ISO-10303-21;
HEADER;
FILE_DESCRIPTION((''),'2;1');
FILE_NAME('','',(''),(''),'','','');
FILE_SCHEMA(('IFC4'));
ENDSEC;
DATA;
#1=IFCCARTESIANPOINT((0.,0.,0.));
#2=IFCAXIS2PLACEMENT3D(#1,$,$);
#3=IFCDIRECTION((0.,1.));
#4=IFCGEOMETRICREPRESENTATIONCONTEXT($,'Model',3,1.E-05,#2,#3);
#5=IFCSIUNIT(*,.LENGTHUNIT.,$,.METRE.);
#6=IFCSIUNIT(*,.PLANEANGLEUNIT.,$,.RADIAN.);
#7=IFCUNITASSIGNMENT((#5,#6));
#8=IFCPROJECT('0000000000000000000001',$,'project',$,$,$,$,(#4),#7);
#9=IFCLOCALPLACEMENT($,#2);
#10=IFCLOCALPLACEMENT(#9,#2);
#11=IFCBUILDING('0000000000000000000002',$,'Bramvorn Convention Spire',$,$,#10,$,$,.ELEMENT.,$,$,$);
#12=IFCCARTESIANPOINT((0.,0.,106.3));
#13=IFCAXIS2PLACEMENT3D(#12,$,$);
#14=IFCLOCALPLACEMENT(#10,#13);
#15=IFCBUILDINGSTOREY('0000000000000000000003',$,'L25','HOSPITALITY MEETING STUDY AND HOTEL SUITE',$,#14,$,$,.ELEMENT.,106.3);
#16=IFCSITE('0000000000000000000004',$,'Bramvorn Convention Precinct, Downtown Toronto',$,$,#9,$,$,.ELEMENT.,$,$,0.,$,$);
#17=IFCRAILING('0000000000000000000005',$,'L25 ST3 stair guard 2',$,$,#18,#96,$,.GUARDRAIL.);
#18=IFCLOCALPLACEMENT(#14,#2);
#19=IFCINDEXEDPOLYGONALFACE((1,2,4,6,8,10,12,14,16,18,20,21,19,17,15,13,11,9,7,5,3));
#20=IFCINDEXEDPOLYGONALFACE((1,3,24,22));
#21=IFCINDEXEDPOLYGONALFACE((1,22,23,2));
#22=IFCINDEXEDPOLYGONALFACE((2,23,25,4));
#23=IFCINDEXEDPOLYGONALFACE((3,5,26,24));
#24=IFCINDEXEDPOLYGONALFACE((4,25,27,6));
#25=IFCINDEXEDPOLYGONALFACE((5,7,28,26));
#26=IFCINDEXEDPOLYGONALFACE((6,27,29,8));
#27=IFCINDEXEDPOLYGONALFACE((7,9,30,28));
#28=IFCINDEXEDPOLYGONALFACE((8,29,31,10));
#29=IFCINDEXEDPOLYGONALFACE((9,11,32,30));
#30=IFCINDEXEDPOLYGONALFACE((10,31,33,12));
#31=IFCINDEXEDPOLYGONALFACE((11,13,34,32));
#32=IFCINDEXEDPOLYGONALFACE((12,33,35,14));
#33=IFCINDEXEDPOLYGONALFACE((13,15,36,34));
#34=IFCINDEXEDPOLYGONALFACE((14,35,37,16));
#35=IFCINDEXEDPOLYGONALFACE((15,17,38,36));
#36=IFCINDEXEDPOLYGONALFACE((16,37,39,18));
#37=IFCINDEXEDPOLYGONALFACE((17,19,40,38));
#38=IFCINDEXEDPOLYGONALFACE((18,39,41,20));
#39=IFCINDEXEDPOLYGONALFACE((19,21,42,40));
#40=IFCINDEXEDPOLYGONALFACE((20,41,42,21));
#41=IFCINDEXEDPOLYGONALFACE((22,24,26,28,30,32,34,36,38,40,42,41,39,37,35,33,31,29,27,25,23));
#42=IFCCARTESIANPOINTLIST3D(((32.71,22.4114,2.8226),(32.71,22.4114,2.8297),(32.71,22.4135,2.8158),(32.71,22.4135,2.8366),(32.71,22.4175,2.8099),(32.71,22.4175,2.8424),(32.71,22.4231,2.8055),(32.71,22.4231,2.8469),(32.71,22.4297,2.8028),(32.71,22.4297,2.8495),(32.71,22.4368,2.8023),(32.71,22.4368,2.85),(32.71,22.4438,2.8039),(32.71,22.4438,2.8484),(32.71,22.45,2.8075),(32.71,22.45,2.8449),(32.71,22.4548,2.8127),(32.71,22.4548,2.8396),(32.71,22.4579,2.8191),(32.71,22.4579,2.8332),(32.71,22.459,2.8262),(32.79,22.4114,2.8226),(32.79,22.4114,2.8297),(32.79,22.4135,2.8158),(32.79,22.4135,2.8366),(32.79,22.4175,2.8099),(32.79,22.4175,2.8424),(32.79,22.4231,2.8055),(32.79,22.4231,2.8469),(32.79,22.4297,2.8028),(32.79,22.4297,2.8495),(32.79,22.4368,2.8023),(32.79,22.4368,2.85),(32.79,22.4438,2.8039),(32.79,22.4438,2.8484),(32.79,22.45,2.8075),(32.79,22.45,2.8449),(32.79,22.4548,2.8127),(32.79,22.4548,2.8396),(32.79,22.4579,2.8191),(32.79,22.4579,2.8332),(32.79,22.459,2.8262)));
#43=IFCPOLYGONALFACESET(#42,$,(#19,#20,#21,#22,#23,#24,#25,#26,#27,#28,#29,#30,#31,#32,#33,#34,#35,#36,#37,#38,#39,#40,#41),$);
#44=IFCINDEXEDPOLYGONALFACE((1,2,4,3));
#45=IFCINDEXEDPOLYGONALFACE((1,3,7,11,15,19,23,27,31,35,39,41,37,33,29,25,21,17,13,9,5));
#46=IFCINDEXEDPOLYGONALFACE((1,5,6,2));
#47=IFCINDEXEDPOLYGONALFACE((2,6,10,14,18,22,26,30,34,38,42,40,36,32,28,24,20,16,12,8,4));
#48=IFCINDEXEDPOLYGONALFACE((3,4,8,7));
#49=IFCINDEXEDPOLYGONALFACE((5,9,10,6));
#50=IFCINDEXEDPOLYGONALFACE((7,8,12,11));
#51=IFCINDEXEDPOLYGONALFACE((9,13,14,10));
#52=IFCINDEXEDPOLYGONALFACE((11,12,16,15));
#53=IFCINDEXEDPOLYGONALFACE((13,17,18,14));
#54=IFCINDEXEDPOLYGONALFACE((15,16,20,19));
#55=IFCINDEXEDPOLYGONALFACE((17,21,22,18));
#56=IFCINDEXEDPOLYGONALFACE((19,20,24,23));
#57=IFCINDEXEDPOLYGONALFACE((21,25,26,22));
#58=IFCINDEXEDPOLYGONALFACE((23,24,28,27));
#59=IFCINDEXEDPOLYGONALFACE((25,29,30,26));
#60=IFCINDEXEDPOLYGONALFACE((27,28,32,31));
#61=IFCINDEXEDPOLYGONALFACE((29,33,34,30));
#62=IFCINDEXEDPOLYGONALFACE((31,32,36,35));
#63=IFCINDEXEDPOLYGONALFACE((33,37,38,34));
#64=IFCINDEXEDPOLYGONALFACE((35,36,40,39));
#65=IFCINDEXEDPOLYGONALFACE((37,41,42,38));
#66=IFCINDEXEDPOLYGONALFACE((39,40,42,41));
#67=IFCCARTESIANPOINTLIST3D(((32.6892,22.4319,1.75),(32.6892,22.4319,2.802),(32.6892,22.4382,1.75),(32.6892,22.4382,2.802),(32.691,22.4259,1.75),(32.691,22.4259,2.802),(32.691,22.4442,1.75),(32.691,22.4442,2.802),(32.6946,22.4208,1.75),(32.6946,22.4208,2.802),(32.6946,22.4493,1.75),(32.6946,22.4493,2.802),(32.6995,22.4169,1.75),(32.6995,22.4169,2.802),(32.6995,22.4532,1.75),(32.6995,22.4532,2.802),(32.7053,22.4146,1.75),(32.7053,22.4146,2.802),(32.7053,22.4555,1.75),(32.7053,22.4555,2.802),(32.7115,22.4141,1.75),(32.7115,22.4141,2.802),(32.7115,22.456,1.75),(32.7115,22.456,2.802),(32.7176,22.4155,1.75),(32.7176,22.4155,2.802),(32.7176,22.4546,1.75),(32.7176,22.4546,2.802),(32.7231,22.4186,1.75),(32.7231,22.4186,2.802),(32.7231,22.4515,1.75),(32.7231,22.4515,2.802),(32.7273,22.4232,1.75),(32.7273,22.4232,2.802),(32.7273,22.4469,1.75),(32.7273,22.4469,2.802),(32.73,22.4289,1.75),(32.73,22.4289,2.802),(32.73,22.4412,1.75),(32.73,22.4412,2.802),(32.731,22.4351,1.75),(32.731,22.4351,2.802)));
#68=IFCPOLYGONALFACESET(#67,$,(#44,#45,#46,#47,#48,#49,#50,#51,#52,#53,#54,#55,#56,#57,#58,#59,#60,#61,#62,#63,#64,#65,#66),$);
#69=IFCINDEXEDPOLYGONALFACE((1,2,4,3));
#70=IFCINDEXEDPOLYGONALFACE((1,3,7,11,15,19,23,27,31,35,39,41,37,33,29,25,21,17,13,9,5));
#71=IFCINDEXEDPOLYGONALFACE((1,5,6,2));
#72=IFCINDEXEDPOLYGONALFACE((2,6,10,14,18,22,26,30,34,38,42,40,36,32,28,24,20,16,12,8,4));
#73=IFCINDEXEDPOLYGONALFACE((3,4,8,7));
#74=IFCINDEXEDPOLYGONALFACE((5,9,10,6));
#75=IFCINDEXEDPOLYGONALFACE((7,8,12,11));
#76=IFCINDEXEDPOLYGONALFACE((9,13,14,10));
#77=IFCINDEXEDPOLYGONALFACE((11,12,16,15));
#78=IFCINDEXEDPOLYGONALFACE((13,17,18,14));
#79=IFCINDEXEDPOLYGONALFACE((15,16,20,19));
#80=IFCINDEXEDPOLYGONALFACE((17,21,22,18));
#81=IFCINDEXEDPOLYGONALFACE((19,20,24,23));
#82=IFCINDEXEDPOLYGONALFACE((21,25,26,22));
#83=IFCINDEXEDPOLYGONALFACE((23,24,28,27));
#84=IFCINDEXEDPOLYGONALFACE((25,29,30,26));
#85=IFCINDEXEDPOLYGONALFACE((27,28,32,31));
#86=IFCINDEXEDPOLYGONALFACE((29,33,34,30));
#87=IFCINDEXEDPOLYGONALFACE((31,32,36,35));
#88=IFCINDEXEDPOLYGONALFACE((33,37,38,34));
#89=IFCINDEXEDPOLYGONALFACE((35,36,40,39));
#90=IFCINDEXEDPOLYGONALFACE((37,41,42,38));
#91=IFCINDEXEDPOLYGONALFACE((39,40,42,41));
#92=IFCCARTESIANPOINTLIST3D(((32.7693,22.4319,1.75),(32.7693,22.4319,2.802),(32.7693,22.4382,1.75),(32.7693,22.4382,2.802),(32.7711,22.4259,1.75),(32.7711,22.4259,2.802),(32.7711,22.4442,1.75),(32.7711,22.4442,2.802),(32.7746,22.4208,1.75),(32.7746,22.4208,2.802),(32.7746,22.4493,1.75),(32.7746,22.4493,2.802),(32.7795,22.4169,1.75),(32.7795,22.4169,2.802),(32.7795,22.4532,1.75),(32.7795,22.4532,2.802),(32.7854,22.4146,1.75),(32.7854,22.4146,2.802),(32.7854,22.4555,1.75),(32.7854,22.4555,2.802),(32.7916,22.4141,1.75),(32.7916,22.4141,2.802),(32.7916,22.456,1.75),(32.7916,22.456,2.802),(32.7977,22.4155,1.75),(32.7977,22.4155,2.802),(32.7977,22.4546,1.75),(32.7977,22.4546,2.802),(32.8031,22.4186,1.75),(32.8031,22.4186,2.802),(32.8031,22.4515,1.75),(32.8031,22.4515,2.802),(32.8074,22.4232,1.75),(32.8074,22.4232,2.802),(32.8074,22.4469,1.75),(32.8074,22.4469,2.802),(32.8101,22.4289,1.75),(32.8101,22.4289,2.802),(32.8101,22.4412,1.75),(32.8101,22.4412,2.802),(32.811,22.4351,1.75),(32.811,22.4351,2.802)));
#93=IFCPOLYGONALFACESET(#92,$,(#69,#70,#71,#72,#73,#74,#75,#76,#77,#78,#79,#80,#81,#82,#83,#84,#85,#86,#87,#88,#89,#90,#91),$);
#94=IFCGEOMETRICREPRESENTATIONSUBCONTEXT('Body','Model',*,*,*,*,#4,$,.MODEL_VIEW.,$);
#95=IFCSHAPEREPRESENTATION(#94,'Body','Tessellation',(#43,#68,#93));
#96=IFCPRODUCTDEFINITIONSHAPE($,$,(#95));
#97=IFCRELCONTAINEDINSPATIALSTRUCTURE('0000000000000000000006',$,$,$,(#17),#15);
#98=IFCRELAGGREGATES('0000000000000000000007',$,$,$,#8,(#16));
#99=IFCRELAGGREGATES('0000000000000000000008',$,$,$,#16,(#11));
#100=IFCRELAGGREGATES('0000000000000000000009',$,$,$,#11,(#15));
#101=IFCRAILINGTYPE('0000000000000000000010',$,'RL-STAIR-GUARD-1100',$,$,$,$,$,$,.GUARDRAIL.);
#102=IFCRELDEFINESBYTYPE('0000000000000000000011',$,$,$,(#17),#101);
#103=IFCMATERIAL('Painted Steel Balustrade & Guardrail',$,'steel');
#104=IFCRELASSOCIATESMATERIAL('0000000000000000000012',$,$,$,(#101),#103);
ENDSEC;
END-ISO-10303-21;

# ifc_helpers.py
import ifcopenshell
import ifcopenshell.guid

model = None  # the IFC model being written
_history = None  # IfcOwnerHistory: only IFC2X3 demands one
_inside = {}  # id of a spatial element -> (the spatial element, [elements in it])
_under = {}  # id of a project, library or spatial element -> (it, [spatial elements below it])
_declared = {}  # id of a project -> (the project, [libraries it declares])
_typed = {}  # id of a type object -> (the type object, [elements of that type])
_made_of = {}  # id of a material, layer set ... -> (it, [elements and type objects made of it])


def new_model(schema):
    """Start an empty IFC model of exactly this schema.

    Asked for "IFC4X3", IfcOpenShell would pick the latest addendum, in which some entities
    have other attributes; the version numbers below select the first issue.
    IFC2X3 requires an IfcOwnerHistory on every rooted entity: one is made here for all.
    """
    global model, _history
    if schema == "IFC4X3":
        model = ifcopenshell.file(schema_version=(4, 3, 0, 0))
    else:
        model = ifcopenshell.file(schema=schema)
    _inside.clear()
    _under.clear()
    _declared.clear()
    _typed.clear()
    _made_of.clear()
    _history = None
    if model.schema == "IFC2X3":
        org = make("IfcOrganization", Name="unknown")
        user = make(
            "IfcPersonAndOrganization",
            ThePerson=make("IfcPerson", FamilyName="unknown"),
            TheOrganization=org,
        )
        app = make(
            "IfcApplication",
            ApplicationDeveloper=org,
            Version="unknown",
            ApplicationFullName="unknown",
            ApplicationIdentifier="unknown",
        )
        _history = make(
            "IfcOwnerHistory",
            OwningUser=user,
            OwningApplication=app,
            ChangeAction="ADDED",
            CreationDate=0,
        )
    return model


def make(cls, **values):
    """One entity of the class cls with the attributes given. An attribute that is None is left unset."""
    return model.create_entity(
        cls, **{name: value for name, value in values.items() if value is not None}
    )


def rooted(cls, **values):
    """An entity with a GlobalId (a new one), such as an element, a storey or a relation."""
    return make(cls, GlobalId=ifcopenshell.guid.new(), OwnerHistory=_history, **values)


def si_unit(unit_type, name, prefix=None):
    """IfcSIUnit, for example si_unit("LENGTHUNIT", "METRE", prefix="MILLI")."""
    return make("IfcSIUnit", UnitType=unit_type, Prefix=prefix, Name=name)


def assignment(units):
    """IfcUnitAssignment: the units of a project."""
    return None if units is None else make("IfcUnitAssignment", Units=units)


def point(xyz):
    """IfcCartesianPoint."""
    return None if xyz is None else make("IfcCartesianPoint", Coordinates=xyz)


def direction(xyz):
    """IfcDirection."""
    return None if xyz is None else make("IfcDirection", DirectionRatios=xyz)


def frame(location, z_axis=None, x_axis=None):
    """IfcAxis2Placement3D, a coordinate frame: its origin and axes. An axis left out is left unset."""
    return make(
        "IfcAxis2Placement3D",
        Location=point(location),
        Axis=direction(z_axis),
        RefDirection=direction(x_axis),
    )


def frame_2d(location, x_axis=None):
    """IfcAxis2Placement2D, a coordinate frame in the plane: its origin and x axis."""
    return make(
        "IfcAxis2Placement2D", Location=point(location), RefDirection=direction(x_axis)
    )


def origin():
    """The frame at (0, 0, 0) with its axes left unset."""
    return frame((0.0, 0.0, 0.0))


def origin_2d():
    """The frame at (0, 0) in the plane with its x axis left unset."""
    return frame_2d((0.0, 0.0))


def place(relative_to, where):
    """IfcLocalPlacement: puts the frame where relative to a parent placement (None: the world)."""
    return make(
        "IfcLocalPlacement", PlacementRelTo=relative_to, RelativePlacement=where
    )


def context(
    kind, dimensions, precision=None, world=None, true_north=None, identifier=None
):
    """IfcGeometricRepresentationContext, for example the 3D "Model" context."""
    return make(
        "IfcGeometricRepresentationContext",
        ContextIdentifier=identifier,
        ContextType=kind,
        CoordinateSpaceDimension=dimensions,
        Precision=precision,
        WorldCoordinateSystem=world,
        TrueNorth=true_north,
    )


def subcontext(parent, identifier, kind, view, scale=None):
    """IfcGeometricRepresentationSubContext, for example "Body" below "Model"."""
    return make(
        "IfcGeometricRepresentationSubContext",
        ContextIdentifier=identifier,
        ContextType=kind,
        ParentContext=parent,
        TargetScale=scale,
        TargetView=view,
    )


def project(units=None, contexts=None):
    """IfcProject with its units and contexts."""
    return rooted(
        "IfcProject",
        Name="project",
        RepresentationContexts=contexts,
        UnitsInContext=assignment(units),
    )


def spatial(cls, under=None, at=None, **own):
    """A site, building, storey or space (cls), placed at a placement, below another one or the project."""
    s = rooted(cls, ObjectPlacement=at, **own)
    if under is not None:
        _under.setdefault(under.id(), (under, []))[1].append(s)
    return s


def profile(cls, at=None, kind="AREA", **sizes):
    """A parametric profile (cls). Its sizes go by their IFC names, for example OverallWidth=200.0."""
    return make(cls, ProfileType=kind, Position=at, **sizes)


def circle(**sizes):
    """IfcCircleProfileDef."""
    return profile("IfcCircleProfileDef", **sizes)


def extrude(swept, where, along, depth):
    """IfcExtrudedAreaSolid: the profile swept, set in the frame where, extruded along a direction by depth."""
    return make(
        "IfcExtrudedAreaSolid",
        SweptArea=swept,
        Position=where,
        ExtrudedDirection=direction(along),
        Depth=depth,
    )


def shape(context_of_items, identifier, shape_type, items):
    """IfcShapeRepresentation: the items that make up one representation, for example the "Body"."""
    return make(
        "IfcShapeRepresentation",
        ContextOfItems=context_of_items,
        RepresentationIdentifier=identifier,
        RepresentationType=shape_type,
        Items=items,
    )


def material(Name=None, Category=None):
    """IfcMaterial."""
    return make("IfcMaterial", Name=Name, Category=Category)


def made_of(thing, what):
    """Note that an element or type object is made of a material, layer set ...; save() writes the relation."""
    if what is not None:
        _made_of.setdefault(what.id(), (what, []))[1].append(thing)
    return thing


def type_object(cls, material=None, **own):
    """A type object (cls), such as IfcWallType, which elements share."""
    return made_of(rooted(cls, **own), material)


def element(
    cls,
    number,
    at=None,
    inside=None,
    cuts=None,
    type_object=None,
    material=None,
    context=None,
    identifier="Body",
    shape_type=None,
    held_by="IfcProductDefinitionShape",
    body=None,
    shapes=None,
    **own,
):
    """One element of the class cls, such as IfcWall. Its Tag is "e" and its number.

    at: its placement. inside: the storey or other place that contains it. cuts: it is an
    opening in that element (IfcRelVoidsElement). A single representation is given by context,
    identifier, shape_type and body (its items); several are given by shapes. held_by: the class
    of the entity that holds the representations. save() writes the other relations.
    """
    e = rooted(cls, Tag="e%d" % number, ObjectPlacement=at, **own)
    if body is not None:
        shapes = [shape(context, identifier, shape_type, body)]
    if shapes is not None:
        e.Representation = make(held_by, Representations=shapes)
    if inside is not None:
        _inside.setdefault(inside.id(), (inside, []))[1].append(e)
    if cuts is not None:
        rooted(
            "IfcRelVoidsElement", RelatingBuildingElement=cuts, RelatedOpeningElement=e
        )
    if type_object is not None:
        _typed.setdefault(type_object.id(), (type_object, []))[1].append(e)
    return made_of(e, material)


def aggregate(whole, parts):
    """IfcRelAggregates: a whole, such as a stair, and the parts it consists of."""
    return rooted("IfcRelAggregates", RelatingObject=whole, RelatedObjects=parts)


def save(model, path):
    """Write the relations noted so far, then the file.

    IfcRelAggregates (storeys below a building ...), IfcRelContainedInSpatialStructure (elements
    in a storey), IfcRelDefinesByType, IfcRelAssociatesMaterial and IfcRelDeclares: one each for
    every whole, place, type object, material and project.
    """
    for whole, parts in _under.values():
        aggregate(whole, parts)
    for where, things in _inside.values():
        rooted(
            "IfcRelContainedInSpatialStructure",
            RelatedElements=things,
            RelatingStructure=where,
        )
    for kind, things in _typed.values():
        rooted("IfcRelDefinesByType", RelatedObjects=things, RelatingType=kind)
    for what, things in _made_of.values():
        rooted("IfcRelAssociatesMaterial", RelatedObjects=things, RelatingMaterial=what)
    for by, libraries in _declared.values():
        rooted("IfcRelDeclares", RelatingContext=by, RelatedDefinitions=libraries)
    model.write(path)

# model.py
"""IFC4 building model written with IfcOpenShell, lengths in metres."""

from ifc_helpers import new_model, si_unit, direction, frame, origin, origin_2d, place, context, subcontext, project, spatial, circle, extrude, material, type_object, element, save


model = new_model("IFC4")

# Units and contexts
model_context = context("Model", 3, precision=1e-05, world=origin(), true_north=direction((0.0, 1.0)))
body_context = subcontext(model_context, "Body", "Model", "MODEL_VIEW")
ifc_project = project(units=[si_unit("LENGTHUNIT", "METRE"), si_unit("PLANEANGLEUNIT", "RADIAN")], contexts=[model_context])

# Site, building, storey
site_placement = place(None, origin())
site = spatial("IfcSite", under=ifc_project, at=site_placement, Name="Bramvorn Convention Precinct, Downtown Toronto", CompositionType="ELEMENT", RefElevation=0.0)
building_placement = place(site_placement, origin())
building = spatial("IfcBuilding", under=site, at=building_placement, Name="Bramvorn Convention Spire", CompositionType="ELEMENT")
storey_placement = place(building_placement, frame((0.0, 0.0, 106.3)))
storey = spatial("IfcBuildingStorey", under=building, at=storey_placement, Name="L25", Description="HOSPITALITY MEETING STUDY AND HOTEL SUITE", CompositionType="ELEMENT", Elevation=106.3)

# Railing
ifc_material_1 = material(Name="Painted Steel Balustrade & Guardrail", Category="steel")
railing_type_1 = type_object("IfcRailingType", Name="RL-STAIR-GUARD-1100", PredefinedType="GUARDRAIL", material=ifc_material_1)
railing_1_placement = place(storey_placement, frame((32.71, 22.4351, 1.75)))
element("IfcRailing", 1, at=railing_1_placement, inside=storey, type_object=railing_type_1, Name="L25 ST3 stair guard 2", PredefinedType="GUARDRAIL", context=body_context, shape_type="SweptSolid", body=[
    extrude(circle(Radius=0.0239, at=origin_2d()), frame((0.0, 0.0, 1.0762), z_axis=(1.0, 0.0, 0.0), x_axis=(0.0, 1.0, 0.0)), (0.0, 0.0, 1.0), 0.0801),
    extrude(circle(Radius=0.021, at=origin_2d()), origin(), (0.0, 0.0, 1.0), 1.052),
    extrude(circle(Radius=0.021, at=origin_2d()), frame((0.0801, 0.0, 0.0)), (0.0, 0.0, 1.0), 1.052),
])

save(model, "model.ifc")
